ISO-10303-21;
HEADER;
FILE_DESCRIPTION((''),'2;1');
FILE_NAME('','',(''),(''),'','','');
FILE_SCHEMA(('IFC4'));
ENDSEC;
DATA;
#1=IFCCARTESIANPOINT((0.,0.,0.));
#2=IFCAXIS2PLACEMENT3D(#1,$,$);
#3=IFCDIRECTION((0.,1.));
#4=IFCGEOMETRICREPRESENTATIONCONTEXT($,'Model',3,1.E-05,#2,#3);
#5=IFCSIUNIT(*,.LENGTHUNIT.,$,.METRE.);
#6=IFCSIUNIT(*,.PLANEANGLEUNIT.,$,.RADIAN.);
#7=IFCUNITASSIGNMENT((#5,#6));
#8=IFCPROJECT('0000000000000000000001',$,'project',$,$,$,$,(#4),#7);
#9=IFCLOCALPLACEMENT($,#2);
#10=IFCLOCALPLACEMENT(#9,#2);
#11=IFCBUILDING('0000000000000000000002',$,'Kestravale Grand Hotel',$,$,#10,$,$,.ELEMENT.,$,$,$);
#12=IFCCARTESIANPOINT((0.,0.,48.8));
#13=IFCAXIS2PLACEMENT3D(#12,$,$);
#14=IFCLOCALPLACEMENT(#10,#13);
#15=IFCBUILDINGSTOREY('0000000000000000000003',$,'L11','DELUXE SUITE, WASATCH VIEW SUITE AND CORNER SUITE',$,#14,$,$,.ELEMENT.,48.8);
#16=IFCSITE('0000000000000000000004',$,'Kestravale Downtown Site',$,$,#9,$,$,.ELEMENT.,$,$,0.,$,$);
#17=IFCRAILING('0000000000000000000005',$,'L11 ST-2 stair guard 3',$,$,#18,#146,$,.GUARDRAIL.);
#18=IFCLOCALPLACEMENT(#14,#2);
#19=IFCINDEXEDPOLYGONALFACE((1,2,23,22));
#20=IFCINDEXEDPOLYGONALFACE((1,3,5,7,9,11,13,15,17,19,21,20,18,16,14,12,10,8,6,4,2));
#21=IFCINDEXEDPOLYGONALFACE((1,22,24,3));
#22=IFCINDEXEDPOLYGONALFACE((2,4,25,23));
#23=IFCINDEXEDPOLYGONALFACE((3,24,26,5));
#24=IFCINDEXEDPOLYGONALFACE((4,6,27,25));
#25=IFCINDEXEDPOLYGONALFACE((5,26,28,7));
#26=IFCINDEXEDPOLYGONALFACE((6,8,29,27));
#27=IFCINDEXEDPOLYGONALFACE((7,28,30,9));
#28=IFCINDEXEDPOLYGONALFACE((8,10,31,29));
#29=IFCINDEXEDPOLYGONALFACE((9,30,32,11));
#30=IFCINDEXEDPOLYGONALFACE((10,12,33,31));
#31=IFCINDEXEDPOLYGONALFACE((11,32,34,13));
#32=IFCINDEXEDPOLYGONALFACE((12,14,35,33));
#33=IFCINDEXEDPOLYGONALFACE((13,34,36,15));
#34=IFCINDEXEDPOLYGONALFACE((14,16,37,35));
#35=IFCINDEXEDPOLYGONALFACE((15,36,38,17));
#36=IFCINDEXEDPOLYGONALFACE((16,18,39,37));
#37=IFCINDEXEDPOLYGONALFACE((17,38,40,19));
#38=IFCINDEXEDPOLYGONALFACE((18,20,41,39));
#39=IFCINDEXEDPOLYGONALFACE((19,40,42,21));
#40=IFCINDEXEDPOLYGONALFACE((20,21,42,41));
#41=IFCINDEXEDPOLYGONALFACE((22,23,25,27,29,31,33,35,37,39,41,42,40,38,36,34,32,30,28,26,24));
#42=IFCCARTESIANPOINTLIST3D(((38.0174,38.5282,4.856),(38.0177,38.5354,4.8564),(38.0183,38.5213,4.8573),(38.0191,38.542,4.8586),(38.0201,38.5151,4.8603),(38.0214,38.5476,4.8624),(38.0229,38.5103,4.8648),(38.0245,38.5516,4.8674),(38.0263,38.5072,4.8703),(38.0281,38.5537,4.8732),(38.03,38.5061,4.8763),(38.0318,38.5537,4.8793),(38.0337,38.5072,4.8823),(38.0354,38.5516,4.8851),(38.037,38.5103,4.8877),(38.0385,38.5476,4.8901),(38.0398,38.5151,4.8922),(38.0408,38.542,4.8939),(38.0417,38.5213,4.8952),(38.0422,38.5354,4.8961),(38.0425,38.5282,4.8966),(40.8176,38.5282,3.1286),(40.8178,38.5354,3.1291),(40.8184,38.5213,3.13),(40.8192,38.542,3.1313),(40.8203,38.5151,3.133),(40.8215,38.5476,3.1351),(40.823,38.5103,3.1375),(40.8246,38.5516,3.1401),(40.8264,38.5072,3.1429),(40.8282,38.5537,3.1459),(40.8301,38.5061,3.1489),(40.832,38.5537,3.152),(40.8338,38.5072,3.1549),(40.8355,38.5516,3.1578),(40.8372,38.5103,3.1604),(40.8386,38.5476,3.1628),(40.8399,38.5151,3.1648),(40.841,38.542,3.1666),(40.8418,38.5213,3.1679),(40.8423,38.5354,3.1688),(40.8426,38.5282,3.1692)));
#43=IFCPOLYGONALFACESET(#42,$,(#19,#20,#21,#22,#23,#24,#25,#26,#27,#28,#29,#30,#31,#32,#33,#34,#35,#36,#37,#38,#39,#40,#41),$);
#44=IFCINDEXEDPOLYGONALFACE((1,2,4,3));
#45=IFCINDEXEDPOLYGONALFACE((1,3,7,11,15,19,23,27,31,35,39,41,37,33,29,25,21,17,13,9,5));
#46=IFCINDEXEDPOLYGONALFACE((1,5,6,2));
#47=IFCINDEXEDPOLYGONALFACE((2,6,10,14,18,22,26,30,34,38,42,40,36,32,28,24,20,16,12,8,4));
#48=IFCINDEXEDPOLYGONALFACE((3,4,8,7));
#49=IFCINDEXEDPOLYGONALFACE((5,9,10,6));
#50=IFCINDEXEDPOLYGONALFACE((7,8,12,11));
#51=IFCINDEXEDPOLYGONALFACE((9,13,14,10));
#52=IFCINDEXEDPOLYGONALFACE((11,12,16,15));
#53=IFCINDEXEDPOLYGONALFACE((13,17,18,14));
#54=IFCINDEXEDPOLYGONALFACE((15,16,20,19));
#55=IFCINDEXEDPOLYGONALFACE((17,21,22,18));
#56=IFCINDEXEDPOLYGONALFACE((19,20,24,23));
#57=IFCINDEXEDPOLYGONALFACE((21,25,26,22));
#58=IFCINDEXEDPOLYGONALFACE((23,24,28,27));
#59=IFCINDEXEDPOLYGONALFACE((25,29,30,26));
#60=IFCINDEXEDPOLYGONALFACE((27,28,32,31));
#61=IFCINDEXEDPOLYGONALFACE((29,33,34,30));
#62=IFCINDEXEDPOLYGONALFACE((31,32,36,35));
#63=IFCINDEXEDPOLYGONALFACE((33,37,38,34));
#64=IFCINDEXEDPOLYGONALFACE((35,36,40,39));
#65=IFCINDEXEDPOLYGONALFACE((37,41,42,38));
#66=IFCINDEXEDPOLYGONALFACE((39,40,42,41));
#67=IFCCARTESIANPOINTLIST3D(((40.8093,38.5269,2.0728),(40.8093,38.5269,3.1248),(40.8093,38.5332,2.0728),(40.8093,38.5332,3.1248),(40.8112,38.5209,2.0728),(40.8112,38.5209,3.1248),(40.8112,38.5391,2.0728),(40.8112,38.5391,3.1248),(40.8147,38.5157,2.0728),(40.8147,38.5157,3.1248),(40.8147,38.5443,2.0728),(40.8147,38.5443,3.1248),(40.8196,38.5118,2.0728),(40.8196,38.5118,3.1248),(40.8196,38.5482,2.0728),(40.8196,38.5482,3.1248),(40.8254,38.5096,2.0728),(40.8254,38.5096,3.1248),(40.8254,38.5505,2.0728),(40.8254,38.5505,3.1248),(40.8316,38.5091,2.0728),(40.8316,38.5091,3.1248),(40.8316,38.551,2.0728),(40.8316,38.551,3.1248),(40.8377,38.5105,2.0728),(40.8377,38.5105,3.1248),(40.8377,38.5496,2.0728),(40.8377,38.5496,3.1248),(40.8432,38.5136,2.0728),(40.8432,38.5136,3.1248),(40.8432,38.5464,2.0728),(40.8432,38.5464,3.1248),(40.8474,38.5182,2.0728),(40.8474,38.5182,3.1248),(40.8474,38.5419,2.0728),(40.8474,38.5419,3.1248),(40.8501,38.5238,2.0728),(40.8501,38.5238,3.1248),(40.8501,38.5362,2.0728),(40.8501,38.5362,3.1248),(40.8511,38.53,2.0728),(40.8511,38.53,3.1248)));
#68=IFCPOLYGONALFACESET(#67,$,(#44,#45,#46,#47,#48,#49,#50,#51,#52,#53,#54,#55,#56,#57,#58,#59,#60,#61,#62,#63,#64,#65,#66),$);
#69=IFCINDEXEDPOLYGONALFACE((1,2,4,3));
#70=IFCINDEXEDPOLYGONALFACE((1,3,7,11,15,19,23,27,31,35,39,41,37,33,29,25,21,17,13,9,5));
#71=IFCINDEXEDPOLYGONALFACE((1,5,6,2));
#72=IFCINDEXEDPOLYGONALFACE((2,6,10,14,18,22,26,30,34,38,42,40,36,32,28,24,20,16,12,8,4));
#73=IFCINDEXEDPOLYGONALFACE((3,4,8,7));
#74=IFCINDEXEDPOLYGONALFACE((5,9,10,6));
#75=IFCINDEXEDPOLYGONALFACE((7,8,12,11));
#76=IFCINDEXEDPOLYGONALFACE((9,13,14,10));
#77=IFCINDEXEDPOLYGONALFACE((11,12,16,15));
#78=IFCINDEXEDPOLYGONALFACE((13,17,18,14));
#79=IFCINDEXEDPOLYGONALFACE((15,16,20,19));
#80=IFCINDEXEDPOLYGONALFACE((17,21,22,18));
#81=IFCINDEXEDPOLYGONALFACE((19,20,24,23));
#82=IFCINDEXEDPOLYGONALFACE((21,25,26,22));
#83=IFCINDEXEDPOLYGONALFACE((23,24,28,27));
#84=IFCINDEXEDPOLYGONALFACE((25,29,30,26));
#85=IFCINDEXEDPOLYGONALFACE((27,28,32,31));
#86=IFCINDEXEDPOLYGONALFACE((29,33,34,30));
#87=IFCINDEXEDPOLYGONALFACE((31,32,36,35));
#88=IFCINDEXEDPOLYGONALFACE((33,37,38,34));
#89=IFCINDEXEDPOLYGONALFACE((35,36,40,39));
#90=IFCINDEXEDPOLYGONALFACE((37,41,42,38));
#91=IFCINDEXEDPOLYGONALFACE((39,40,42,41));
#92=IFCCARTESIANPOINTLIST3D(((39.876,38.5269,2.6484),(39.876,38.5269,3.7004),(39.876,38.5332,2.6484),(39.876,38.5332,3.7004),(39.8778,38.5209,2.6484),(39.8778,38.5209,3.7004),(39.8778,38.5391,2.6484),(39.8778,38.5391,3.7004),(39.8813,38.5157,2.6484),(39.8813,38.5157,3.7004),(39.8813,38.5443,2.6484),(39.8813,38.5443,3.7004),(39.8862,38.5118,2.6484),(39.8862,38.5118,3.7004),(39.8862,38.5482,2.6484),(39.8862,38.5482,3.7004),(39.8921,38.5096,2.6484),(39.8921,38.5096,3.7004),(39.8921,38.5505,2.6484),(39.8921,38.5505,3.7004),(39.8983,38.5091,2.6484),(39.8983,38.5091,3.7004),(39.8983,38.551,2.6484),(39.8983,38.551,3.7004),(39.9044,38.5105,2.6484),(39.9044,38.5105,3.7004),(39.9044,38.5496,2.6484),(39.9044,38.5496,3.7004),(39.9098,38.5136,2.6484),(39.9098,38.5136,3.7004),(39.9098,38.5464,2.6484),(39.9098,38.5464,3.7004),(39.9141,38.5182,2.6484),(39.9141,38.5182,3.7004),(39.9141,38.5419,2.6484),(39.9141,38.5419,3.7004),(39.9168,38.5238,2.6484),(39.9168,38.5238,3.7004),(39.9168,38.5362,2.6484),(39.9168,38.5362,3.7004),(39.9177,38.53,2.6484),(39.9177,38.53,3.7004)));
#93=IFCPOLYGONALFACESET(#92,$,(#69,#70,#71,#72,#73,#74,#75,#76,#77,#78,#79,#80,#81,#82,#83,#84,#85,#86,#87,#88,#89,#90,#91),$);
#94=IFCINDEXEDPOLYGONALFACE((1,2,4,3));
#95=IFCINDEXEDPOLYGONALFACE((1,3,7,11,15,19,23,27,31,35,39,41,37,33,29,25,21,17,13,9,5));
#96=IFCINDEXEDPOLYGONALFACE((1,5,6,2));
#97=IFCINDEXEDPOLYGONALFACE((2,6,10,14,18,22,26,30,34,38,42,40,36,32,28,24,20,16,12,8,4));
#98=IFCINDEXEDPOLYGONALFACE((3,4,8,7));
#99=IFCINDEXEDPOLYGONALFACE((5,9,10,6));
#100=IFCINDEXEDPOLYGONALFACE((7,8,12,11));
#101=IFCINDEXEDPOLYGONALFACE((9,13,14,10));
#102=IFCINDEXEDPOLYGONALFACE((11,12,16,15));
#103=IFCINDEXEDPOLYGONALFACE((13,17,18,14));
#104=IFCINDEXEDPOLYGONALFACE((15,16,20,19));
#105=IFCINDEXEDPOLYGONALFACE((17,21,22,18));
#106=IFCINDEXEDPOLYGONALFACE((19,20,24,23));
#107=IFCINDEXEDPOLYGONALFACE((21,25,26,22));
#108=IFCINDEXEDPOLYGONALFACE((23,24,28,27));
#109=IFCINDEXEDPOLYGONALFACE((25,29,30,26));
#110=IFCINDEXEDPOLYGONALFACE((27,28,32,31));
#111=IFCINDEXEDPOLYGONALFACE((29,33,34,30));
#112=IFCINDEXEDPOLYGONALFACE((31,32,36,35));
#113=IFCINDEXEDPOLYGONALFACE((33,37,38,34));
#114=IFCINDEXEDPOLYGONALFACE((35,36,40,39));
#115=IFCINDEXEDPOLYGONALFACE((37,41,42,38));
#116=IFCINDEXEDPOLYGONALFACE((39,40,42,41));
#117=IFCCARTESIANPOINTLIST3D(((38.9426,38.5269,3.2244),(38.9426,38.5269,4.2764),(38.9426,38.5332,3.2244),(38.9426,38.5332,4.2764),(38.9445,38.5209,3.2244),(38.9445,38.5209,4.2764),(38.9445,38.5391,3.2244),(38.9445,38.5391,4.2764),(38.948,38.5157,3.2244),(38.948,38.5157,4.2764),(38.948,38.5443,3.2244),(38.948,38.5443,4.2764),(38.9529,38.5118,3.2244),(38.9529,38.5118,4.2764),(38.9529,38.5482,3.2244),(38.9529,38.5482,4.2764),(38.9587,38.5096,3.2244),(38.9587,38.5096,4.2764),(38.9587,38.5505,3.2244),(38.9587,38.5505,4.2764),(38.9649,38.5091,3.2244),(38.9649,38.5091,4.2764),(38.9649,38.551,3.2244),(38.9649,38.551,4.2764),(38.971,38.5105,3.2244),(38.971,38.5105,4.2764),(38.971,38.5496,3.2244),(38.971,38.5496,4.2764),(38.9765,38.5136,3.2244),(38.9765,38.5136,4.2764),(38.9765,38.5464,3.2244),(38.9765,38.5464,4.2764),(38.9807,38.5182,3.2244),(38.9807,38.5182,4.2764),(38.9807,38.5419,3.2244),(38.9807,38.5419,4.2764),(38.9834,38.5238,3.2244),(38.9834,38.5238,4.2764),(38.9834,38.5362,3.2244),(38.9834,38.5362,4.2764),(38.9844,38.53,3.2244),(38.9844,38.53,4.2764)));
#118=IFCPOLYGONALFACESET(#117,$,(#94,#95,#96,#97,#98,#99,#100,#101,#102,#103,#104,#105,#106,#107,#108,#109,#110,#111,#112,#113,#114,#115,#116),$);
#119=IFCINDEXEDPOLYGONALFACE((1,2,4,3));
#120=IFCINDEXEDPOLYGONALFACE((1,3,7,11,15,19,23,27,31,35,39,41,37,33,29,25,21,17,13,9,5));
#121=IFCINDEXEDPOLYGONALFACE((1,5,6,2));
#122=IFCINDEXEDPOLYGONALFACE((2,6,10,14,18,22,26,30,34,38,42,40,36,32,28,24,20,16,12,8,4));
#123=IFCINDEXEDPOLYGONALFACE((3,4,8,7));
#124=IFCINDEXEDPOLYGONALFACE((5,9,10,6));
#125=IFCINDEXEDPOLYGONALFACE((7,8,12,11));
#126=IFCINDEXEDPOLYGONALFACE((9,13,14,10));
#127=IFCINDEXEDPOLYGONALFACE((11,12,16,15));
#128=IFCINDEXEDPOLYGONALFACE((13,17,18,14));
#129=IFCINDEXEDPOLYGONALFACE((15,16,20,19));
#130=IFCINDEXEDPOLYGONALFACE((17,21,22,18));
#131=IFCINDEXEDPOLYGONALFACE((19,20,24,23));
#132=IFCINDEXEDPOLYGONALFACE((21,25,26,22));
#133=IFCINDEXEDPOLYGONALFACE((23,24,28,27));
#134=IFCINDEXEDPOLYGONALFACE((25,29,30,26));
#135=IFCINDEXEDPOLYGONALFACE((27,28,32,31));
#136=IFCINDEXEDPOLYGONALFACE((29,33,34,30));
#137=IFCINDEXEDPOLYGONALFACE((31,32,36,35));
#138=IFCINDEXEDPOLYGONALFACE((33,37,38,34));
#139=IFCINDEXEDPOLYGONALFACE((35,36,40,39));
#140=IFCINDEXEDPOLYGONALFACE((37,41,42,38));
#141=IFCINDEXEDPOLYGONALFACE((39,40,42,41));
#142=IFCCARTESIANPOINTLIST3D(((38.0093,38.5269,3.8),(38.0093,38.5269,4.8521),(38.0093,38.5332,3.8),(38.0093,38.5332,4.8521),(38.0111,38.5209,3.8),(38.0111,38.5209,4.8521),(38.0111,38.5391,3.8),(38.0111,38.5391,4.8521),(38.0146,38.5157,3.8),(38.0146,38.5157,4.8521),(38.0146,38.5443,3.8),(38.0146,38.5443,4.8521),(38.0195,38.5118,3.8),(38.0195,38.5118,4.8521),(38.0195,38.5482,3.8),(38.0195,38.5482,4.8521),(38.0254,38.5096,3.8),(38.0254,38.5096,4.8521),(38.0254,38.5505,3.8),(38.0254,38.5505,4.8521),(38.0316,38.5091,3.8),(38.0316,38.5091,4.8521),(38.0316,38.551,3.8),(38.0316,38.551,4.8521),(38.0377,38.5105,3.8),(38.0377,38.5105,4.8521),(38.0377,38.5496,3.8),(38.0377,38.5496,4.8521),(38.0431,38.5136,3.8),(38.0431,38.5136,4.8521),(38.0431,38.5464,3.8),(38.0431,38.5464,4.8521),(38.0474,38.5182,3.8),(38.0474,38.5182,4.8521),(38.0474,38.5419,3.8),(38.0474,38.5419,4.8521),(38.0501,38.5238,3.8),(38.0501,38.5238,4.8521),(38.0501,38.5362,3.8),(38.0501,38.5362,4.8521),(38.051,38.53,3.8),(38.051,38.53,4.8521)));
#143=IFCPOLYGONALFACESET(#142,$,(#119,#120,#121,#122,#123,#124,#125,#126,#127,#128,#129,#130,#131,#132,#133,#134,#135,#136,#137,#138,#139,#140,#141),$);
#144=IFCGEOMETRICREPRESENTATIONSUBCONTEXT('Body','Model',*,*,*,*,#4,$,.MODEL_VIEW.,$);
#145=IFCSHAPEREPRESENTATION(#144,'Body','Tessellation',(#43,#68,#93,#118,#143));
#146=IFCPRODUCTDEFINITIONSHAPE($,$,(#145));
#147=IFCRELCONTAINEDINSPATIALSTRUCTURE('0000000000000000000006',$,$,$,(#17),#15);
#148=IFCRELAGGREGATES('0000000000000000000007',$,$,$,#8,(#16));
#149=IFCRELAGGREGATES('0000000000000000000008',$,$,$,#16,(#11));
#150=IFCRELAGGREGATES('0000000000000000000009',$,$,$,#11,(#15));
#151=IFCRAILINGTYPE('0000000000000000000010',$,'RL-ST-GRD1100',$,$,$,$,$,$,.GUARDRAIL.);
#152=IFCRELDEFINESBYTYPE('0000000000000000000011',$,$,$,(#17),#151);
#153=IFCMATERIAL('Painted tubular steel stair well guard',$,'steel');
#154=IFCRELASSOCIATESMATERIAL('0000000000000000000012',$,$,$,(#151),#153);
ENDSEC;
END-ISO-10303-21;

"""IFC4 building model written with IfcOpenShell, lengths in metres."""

from ifc_helpers import new_model, si_unit, direction, frame, origin, origin_2d, place, context, subcontext, project, spatial, circle, extrude, material, type_object, element, save


model = new_model("IFC4")

# Units and contexts
model_context = context("Model", 3, precision=1e-05, world=origin(), true_north=direction((0.0, 1.0)))
body_context = subcontext(model_context, "Body", "Model", "MODEL_VIEW")
ifc_project = project(units=[si_unit("LENGTHUNIT", "METRE"), si_unit("PLANEANGLEUNIT", "RADIAN")], contexts=[model_context])

# Site, building, storey
site_placement = place(None, origin())
site = spatial("IfcSite", under=ifc_project, at=site_placement, Name="Kestravale Downtown Site", CompositionType="ELEMENT", RefElevation=0.0)
building_placement = place(site_placement, origin())
building = spatial("IfcBuilding", under=site, at=building_placement, Name="Kestravale Grand Hotel", CompositionType="ELEMENT")
storey_placement = place(building_placement, frame((0.0, 0.0, 48.8)))
storey = spatial("IfcBuildingStorey", under=building, at=storey_placement, Name="L11", Description="DELUXE SUITE, WASATCH VIEW SUITE AND CORNER SUITE", CompositionType="ELEMENT", Elevation=48.8)

# Railing
ifc_material_1 = material(Name="Painted tubular steel stair well guard", Category="steel")
railing_type_1 = type_object("IfcRailingType", Name="RL-ST-GRD1100", PredefinedType="GUARDRAIL", material=ifc_material_1)
railing_1_placement = place(storey_placement, frame((40.8301, 38.53, 2.0728)))
element("IfcRailing", 1, at=railing_1_placement, inside=storey, type_object=railing_type_1, Name="L11 ST-2 stair guard 3", PredefinedType="GUARDRAIL", context=body_context, shape_type="SweptSolid", body=[
    extrude(circle(Radius=0.0239, at=origin_2d()), frame((0.0, 0.0, 1.0762), z_axis=(-0.85109, 0.0, 0.52502), x_axis=(0.0, -1.0, 0.0)), (0.0, 0.0, 1.0), 3.29),
    extrude(circle(Radius=0.021, at=origin_2d()), origin(), (0.0, 0.0, 1.0), 1.052),
    extrude(circle(Radius=0.021, at=origin_2d()), frame((-0.9333, 0.0, 0.5757)), (0.0, 0.0, 1.0), 1.052),
    extrude(circle(Radius=0.021, at=origin_2d()), frame((-1.8667, 0.0, 1.1516)), (0.0, 0.0, 1.0), 1.052),
    extrude(circle(Radius=0.021, at=origin_2d()), frame((-2.8, 0.0, 1.7273)), (0.0, 0.0, 1.0), 1.052),
])

save(model, "model.ifc")
